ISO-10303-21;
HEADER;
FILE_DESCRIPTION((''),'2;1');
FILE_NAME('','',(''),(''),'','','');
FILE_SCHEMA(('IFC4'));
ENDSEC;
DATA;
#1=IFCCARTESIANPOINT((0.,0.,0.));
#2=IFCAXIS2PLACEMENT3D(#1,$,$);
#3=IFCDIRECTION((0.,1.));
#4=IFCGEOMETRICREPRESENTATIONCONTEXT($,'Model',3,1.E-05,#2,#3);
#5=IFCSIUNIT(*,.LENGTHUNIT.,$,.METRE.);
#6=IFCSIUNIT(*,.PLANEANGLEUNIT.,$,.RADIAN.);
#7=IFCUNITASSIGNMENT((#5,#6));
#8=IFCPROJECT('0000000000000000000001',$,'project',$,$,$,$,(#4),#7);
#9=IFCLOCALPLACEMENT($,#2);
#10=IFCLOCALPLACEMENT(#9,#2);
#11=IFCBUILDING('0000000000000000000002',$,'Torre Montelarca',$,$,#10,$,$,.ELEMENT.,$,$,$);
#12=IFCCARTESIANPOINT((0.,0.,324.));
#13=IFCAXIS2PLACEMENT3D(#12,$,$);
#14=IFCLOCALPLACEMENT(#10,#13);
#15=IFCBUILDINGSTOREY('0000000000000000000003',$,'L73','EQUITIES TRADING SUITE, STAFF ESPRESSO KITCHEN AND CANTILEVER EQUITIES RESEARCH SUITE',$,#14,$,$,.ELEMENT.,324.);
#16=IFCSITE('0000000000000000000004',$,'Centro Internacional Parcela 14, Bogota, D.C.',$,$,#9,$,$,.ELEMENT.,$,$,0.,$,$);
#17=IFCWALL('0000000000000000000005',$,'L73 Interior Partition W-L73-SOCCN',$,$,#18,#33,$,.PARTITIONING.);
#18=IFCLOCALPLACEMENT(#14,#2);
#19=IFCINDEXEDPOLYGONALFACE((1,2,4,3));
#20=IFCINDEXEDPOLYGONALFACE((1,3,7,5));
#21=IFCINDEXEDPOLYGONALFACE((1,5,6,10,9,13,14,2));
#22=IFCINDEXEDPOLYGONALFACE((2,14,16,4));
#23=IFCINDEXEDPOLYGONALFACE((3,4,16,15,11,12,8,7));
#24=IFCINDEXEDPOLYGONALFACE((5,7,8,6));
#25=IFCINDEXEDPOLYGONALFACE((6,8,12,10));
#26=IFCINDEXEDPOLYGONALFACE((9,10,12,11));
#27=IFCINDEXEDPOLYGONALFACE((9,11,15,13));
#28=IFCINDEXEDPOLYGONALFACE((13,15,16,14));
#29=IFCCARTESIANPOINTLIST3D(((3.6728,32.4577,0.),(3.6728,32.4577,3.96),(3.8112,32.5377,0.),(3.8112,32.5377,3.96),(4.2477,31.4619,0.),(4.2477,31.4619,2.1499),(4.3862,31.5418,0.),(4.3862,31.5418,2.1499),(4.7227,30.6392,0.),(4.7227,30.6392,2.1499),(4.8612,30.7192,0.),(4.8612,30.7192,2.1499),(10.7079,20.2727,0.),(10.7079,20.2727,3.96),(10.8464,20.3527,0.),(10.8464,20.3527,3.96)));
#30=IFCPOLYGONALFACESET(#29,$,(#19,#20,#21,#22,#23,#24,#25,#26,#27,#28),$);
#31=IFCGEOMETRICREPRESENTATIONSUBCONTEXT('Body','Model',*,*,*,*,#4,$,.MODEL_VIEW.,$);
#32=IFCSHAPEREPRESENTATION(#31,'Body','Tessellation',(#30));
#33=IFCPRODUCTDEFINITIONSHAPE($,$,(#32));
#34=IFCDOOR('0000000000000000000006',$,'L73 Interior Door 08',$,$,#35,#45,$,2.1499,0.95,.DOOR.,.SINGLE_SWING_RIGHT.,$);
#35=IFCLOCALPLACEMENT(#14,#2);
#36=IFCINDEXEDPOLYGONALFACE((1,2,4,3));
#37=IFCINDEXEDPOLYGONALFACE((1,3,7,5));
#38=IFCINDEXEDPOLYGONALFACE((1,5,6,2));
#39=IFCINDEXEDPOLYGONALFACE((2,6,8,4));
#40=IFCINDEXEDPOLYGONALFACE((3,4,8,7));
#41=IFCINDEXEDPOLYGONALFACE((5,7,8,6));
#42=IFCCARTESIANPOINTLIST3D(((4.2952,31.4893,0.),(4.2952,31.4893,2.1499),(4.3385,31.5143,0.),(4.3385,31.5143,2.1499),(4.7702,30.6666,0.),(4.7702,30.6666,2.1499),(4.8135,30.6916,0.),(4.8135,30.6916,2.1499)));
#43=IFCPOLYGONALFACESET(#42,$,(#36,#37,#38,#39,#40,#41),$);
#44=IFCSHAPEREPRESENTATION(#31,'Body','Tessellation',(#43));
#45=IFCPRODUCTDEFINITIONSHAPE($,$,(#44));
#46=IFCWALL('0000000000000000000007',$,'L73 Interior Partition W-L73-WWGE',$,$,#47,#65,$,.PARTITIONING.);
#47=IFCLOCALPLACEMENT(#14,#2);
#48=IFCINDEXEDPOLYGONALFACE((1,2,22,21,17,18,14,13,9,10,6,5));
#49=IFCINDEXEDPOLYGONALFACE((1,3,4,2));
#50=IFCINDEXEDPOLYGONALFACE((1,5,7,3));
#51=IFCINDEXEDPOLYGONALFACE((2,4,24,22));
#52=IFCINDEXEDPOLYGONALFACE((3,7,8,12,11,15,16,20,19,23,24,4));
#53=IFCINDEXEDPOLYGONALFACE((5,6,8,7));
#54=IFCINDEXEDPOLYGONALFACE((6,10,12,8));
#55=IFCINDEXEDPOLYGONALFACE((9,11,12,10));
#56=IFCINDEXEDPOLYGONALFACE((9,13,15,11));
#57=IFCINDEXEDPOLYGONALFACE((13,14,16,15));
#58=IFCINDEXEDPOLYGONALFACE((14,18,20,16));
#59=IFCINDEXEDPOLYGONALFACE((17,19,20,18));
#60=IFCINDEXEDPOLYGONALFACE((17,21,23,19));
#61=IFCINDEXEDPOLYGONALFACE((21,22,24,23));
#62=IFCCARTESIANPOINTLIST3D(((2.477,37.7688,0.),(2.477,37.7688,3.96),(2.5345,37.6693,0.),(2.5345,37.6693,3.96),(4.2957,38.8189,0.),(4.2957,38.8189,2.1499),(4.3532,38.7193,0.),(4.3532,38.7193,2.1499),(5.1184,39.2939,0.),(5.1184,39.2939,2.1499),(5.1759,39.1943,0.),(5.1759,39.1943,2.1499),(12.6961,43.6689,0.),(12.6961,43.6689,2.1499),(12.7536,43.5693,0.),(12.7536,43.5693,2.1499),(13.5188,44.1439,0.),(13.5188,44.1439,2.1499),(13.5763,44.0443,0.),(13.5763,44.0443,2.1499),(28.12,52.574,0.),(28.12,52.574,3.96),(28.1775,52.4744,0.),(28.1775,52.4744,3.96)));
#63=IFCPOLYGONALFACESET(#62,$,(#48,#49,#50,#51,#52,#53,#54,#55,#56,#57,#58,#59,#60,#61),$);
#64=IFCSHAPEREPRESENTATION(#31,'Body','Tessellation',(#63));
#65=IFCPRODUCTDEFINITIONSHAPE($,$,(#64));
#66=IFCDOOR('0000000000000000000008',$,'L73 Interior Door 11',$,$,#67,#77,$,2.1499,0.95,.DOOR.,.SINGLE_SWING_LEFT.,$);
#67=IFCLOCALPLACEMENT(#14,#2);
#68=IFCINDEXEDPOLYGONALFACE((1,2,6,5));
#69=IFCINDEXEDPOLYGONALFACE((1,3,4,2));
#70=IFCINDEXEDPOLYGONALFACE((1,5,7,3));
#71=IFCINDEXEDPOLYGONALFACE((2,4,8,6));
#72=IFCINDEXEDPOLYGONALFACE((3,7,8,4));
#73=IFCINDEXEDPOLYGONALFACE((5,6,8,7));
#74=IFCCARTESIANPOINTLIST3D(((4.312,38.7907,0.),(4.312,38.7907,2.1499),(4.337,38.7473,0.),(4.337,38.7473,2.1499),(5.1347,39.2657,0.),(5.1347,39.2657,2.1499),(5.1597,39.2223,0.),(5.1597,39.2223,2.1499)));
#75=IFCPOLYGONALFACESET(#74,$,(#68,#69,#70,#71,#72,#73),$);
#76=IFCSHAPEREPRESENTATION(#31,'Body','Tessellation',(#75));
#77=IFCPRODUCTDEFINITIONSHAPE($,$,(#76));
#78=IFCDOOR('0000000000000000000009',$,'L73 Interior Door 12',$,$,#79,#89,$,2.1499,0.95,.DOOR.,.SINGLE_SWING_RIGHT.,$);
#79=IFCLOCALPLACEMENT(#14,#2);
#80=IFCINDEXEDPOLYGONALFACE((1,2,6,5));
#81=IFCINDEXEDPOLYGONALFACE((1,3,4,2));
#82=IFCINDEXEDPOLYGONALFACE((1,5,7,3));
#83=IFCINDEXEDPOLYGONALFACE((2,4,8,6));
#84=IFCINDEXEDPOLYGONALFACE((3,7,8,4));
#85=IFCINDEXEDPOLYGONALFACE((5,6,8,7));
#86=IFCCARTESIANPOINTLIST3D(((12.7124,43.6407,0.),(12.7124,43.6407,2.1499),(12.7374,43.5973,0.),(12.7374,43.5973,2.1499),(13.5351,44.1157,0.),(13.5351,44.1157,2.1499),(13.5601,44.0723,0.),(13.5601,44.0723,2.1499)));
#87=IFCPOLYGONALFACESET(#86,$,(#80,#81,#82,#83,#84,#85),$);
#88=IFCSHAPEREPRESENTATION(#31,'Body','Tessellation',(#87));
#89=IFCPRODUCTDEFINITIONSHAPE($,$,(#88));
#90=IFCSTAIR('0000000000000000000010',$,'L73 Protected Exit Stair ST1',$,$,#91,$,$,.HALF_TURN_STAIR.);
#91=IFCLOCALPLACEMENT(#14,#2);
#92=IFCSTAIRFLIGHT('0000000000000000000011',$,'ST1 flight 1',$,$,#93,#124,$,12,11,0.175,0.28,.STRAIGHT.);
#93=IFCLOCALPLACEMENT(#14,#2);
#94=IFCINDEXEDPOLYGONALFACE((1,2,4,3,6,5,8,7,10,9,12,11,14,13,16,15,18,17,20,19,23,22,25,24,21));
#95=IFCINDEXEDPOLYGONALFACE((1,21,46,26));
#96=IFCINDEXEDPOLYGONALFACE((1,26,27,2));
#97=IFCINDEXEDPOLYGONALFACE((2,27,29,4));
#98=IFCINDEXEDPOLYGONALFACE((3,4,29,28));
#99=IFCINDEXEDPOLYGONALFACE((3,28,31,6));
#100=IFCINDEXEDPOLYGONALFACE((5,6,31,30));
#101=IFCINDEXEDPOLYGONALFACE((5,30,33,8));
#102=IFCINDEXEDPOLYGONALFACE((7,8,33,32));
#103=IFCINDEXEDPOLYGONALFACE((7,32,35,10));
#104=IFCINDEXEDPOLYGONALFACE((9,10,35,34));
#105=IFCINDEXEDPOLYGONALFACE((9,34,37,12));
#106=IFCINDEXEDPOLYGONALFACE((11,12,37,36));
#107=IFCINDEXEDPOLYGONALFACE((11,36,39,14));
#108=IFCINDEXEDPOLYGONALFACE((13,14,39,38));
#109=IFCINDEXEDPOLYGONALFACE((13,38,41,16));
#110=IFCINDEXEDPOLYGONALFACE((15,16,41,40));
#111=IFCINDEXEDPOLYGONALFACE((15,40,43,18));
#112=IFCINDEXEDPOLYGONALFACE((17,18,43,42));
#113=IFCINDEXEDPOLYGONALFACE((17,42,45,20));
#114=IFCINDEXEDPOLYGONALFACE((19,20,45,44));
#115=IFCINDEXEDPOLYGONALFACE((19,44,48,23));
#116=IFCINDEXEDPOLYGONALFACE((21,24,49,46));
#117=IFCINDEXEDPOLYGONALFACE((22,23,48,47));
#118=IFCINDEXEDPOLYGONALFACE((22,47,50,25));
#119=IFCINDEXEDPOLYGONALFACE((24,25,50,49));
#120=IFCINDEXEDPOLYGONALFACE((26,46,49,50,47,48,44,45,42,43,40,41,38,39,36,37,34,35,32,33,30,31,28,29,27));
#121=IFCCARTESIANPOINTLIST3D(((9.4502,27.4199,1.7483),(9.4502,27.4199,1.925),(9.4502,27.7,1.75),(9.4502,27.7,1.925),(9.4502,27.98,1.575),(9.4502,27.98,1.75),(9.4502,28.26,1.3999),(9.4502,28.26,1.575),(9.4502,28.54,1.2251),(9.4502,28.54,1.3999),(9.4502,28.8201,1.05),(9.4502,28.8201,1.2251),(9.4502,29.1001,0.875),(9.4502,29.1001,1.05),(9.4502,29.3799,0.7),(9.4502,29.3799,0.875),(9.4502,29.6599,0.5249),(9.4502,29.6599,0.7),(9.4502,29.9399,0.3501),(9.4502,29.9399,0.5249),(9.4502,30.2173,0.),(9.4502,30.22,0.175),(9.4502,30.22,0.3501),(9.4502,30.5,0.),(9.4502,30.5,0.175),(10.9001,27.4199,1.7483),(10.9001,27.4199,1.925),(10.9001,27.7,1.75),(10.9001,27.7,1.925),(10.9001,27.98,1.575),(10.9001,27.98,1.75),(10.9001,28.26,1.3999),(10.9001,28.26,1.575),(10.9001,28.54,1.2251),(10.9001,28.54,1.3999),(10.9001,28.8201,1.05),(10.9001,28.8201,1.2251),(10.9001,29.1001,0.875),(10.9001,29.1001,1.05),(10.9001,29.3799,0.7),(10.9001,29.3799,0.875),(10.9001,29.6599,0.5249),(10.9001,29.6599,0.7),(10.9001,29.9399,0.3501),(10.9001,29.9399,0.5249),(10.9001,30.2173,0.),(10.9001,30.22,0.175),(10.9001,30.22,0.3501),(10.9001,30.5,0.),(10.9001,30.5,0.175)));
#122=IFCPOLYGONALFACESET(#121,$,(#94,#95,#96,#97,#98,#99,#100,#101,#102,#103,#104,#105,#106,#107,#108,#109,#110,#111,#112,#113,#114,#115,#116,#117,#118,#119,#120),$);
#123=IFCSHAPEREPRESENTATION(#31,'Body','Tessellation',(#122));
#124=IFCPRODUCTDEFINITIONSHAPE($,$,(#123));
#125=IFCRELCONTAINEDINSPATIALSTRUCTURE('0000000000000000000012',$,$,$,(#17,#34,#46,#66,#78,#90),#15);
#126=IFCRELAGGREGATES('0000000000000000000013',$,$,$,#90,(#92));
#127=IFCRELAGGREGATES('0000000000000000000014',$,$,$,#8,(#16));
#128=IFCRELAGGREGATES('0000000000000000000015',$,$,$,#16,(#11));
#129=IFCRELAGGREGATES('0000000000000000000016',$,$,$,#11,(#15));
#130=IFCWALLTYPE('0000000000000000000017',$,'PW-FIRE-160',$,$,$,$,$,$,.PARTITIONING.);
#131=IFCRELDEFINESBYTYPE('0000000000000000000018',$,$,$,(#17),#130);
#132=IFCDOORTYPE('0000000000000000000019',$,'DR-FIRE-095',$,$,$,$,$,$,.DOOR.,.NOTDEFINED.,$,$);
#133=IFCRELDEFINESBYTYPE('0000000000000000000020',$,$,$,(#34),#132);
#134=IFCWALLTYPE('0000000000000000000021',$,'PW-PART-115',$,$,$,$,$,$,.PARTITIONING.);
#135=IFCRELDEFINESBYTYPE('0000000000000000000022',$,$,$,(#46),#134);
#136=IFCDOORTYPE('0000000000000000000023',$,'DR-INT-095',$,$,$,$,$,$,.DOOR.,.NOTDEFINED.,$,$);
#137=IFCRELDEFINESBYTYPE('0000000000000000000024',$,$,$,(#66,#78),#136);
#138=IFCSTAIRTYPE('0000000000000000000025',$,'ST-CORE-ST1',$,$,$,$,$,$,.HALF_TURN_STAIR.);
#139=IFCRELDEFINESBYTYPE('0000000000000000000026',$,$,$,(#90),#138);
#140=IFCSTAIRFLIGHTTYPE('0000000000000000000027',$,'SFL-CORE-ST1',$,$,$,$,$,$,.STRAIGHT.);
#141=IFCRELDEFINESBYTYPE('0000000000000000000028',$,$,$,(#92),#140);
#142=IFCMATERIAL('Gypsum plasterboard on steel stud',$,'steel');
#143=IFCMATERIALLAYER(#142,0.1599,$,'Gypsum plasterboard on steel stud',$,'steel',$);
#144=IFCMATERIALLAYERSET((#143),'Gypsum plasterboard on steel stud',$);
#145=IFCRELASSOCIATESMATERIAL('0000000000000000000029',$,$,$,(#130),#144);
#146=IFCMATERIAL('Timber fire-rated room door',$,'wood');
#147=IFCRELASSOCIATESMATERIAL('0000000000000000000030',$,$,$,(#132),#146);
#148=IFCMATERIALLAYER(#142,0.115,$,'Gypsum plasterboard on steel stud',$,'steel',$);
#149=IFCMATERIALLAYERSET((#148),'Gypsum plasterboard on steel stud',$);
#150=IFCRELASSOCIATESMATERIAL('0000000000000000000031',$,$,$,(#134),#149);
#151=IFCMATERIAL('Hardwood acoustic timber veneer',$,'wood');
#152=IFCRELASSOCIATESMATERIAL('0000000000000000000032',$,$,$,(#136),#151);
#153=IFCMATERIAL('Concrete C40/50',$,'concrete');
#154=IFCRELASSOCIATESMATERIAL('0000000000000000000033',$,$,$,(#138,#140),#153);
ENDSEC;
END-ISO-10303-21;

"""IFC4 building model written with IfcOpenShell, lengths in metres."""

from ifc_helpers import new_model, si_unit, direction, frame, frame_2d, origin, place, context, subcontext, project, spatial, polyline, rectangle, outline, extrude, source, transform, mapped, material, layer, layer_set, type_object, element, fill, aggregate, save


model = new_model("IFC4")

# Units and contexts
model_context = context("Model", 3, precision=1e-05, world=origin(), true_north=direction((0.0, 1.0)))
body_context = subcontext(model_context, "Body", "Model", "MODEL_VIEW")
ifc_project = project(units=[si_unit("LENGTHUNIT", "METRE"), si_unit("PLANEANGLEUNIT", "RADIAN")], contexts=[model_context])

# Site, building, storey
site_placement = place(None, origin())
site = spatial("IfcSite", under=ifc_project, at=site_placement, Name="Centro Internacional Parcela 14, Bogota, D.C.", CompositionType="ELEMENT", RefElevation=0.0)
building_placement = place(site_placement, origin())
building = spatial("IfcBuilding", under=site, at=building_placement, Name="Torre Montelarca", CompositionType="ELEMENT")
storey_placement = place(building_placement, frame((0.0, 0.0, 324.0)))
storey = spatial("IfcBuildingStorey", under=building, at=storey_placement, Name="L73", Description="EQUITIES TRADING SUITE, STAFF ESPRESSO KITCHEN AND CANTILEVER EQUITIES RESEARCH SUITE", CompositionType="ELEMENT", Elevation=324.0)

# Shared definitions
ifc_material_1 = material(Name="Concrete C40/50", Category="concrete")

# Shared definitions
ifc_material_2 = material(Name="Gypsum plasterboard on steel stud", Category="steel")
ifc_layer_1 = layer(ifc_material_2, 0.1599, Name="Gypsum plasterboard on steel stud", Category="steel")
ifc_layer_set_1 = layer_set([ifc_layer_1], Name="Gypsum plasterboard on steel stud")
wall_type_1 = type_object("IfcWallType", Name="PW-FIRE-160", PredefinedType="PARTITIONING", material=ifc_layer_set_1)

# Wall, opening, door
wall_1_placement = place(storey_placement, frame((3.7419, 32.4978, 0.0), z_axis=(0.0, 0.0, 1.0), x_axis=(0.500006, -0.866022, 0.0)))
wall_1 = element("IfcWall", 1, at=wall_1_placement, inside=storey, type_object=wall_type_1, Name="L73 Interior Partition W-L73-SOCCN", PredefinedType="PARTITIONING", context=body_context, shape_type="SweptSolid", body=[
    extrude(rectangle(XDim=14.0701, YDim=0.1599, at=frame_2d((7.0352, 0.0))), origin(), (0.0, 0.0, 1.0), 3.96),
])
opening_1_placement = place(wall_1_placement, frame((1.1499, 0.0, 0.0)))
opening_1 = element("IfcOpeningElement", 2, at=opening_1_placement, cuts=wall_1, PredefinedType="OPENING", context=body_context, shape_type="SweptSolid", body=[
    extrude(rectangle(XDim=0.95, YDim=2.1499, at=frame_2d((0.4751, 1.075))), frame((0.0, 0.0898, 0.0), z_axis=(0.0, -1.0, 0.0), x_axis=(1.0, 0.0, 0.0)), (0.0, 0.0, 1.0), 0.1799),
])
ifc_material_3 = material(Name="Timber fire-rated room door", Category="wood")
door_type_1 = type_object("IfcDoorType", Name="DR-FIRE-095", OperationType="NOTDEFINED", PredefinedType="DOOR", material=ifc_material_3)
shared_shape_1 = source(origin(), body_context, "Body", "SweptSolid", [
    extrude(rectangle(XDim=0.95, YDim=2.1499, at=frame_2d((0.4751, 1.075))), frame((0.0, 0.0249, 0.0), z_axis=(0.0, -1.0, 0.0), x_axis=(1.0, 0.0, 0.0)), (0.0, 0.0, 1.0), 0.05),
])
door_1_placement = place(opening_1_placement, origin())
door_1 = element("IfcDoor", 3, at=door_1_placement, inside=storey, type_object=door_type_1, Name="L73 Interior Door 08", OperationType="SINGLE_SWING_RIGHT", OverallHeight=2.1499, OverallWidth=0.95, PredefinedType="DOOR", context=body_context, shape_type="MappedRepresentation", body=[
    mapped(shared_shape_1, transform((0.0, 0.0, 0.0), scale=1.0)),
])
fill(opening_1, door_1)

# Wall, openings, doors
ifc_layer_2 = layer(ifc_material_2, 0.115, Name="Gypsum plasterboard on steel stud", Category="steel")
ifc_layer_set_2 = layer_set([ifc_layer_2], Name="Gypsum plasterboard on steel stud")
wall_type_2 = type_object("IfcWallType", Name="PW-PART-115", PredefinedType="PARTITIONING", material=ifc_layer_set_2)
wall_2_placement = place(storey_placement, frame((2.5056, 37.719, 0.0), z_axis=(0.0, 0.0, 1.0), x_axis=(0.866023, 0.500004, 0.0)))
wall_2 = element("IfcWall", 4, at=wall_2_placement, inside=storey, type_object=wall_type_2, Name="L73 Interior Partition W-L73-WWGE", PredefinedType="PARTITIONING", context=body_context, shape_type="SweptSolid", body=[
    extrude(rectangle(XDim=29.6101, YDim=0.115, at=frame_2d((14.8052, 0.0))), origin(), (0.0, 0.0, 1.0), 3.96),
])
opening_2_placement = place(wall_2_placement, frame((2.1001, 0.0, 0.0)))
opening_2 = element("IfcOpeningElement", 5, at=opening_2_placement, cuts=wall_2, PredefinedType="OPENING", context=body_context, shape_type="SweptSolid", body=[
    extrude(rectangle(XDim=0.95, YDim=2.1499, at=frame_2d((0.4751, 1.075))), frame((0.0, 0.0674, 0.0), z_axis=(0.0, -1.0, 0.0), x_axis=(1.0, 0.0, 0.0)), (0.0, 0.0, 1.0), 0.135),
])
opening_3_placement = place(wall_2_placement, frame((11.8, 0.0, 0.0)))
opening_3 = element("IfcOpeningElement", 6, at=opening_3_placement, cuts=wall_2, PredefinedType="OPENING", context=body_context, shape_type="SweptSolid", body=[
    extrude(rectangle(XDim=0.95, YDim=2.1499, at=frame_2d((0.4751, 1.075))), frame((0.0, 0.0674, 0.0), z_axis=(0.0, -1.0, 0.0), x_axis=(1.0, 0.0, 0.0)), (0.0, 0.0, 1.0), 0.135),
])
ifc_material_4 = material(Name="Hardwood acoustic timber veneer", Category="wood")
door_type_2 = type_object("IfcDoorType", Name="DR-INT-095", OperationType="NOTDEFINED", PredefinedType="DOOR", material=ifc_material_4)
shared_shape_2 = source(origin(), body_context, "Body", "SweptSolid", [
    extrude(rectangle(XDim=0.95, YDim=2.1499, at=frame_2d((0.4751, 1.075))), frame((0.0, 0.0249, 0.0), z_axis=(0.0, -1.0, 0.0), x_axis=(1.0, 0.0, 0.0)), (0.0, 0.0, 1.0), 0.05),
])
door_2_placement = place(opening_2_placement, origin())
door_2 = element("IfcDoor", 7, at=door_2_placement, inside=storey, type_object=door_type_2, Name="L73 Interior Door 11", OperationType="SINGLE_SWING_LEFT", OverallHeight=2.1499, OverallWidth=0.95, PredefinedType="DOOR", context=body_context, shape_type="MappedRepresentation", body=[
    mapped(shared_shape_2, transform((0.0, 0.0, 0.0), scale=1.0)),
])
fill(opening_2, door_2)
door_3_placement = place(opening_3_placement, origin())
door_3 = element("IfcDoor", 8, at=door_3_placement, inside=storey, type_object=door_type_2, Name="L73 Interior Door 12", OperationType="SINGLE_SWING_RIGHT", OverallHeight=2.1499, OverallWidth=0.95, PredefinedType="DOOR", context=body_context, shape_type="MappedRepresentation", body=[
    mapped(shared_shape_2, transform((0.0, 0.0, 0.0), scale=1.0)),
])
fill(opening_3, door_3)

# Stair, stair flight
stair_type = type_object("IfcStairType", Name="ST-CORE-ST1", PredefinedType="HALF_TURN_STAIR", material=ifc_material_1)
stair_placement = place(storey_placement, origin())
stair = element("IfcStair", 9, at=stair_placement, inside=storey, type_object=stair_type, Name="L73 Protected Exit Stair ST1", PredefinedType="HALF_TURN_STAIR")
stair_flight_type = type_object("IfcStairFlightType", Name="SFL-CORE-ST1", PredefinedType="STRAIGHT", material=ifc_material_1)
stair_flight_placement = place(storey_placement, frame((10.175, 30.5, 0.0), z_axis=(0.0, 0.0, 1.0), x_axis=(0.0, -1.0, 0.0)))
stair_flight = element("IfcStairFlight", 10, at=stair_flight_placement, type_object=stair_flight_type, Name="ST1 flight 1", NumberOfRisers=12, NumberOfTreads=11, PredefinedType="STRAIGHT", RiserHeight=0.175, TreadLength=0.28, context=body_context, shape_type="SweptSolid", body=[
    extrude(outline(polyline([(0.0, 0.0), (0.0, 0.175), (0.28, 0.175), (0.28, 0.3501), (0.5601, 0.3501), (0.5601, 0.5249), (0.8401, 0.5249), (0.8401, 0.7), (1.1201, 0.7), (1.1201, 0.875), (1.3999, 0.875), (1.3999, 1.05), (1.6799, 1.05), (1.6799, 1.2251), (1.96, 1.2251), (1.96, 1.3999), (2.24, 1.3999), (2.24, 1.575), (2.52, 1.575), (2.52, 1.75), (2.8, 1.75), (2.8, 1.925), (3.0801, 1.925), (3.0801, 2.1001), (3.0801, 1.7483), (0.2827, 0.0), (0.0, 0.0)])), frame((0.0, 0.7251, 0.0), z_axis=(0.0, -1.0, 0.0), x_axis=(1.0, 0.0, 0.0)), (0.0, 0.0, 1.0), 1.45),
])
aggregate(stair, [stair_flight])

save(model, "model.ifc")
